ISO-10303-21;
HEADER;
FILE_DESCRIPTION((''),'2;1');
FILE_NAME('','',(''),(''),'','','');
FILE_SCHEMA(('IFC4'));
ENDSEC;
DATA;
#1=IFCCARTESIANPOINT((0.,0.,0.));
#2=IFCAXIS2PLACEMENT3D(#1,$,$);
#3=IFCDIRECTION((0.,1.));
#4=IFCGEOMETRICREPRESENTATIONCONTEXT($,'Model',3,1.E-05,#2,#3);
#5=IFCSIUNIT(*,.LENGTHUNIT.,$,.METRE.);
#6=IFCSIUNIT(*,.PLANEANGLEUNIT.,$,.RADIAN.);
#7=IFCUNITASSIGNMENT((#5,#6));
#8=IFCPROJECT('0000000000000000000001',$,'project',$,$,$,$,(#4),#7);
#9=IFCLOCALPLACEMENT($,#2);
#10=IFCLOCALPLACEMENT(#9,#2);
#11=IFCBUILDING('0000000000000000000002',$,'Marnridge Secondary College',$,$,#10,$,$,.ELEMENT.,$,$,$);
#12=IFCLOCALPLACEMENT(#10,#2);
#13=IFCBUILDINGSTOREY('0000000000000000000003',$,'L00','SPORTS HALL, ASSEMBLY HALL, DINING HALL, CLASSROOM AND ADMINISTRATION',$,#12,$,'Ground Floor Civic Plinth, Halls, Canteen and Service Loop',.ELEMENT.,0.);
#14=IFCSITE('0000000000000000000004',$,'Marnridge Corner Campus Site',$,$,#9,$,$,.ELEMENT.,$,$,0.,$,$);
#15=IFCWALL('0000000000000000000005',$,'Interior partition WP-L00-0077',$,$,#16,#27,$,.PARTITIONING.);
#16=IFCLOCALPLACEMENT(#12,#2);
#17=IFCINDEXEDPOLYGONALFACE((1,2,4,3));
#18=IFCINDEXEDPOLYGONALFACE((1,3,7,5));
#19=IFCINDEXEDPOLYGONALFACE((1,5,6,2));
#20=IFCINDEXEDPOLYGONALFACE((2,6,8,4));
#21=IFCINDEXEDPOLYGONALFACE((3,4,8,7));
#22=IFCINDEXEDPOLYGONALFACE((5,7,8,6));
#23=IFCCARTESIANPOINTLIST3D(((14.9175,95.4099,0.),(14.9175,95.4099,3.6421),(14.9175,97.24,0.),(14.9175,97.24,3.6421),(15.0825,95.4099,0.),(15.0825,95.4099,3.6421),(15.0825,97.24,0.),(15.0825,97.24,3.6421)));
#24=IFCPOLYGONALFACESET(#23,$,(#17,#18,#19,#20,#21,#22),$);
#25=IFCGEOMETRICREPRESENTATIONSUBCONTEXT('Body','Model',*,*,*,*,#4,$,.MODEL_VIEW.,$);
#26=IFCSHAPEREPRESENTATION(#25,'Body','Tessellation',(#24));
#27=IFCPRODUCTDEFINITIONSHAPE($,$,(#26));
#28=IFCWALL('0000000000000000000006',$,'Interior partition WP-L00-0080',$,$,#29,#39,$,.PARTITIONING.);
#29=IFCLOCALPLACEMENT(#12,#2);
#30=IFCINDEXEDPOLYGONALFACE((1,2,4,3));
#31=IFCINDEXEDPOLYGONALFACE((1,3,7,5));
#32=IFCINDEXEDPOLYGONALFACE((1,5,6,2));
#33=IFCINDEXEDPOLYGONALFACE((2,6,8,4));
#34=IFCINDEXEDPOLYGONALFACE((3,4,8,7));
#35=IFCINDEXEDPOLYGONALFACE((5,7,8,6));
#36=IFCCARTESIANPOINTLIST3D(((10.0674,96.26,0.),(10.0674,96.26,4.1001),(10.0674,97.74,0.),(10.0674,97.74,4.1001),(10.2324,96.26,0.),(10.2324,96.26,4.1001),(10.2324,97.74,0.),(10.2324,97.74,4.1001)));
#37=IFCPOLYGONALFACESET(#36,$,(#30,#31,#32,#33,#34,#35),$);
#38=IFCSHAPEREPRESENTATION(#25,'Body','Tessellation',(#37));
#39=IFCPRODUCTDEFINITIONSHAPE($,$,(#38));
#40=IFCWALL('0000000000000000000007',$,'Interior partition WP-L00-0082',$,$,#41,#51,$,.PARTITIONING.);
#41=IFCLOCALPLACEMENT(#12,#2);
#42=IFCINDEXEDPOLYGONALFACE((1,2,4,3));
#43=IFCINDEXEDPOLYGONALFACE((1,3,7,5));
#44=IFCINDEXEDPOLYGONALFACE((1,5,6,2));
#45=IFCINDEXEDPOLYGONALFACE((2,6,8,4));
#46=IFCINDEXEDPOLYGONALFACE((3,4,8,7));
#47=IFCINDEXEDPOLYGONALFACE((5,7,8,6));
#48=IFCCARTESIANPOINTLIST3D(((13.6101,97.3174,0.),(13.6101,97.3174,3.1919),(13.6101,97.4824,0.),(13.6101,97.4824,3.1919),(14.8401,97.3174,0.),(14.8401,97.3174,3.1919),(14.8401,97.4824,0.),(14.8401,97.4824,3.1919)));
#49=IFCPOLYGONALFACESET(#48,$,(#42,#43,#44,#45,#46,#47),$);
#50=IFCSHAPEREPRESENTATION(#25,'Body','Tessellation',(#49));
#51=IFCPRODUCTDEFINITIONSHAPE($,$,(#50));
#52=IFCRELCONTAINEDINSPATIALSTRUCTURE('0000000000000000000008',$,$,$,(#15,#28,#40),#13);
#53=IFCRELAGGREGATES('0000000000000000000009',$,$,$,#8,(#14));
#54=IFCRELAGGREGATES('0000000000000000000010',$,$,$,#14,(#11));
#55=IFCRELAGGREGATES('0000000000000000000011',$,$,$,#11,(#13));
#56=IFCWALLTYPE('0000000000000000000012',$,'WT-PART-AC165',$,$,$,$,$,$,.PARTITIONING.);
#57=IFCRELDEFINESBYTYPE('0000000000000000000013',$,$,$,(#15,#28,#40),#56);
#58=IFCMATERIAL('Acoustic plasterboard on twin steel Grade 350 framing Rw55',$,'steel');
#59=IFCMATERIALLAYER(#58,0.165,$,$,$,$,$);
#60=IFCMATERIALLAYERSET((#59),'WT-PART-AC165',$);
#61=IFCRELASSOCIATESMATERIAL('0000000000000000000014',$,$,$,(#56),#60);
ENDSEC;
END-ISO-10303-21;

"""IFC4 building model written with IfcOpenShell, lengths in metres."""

from ifc_helpers import new_model, si_unit, direction, frame, frame_2d, origin, place, context, subcontext, project, spatial, rectangle, extrude, material, layer, layer_set, type_object, element, save


model = new_model("IFC4")

# Units and contexts
model_context = context("Model", 3, precision=1e-05, world=origin(), true_north=direction((0.0, 1.0)))
body_context = subcontext(model_context, "Body", "Model", "MODEL_VIEW")
ifc_project = project(units=[si_unit("LENGTHUNIT", "METRE"), si_unit("PLANEANGLEUNIT", "RADIAN")], contexts=[model_context])

# Site, building, storey
site_placement = place(None, origin())
site = spatial("IfcSite", under=ifc_project, at=site_placement, Name="Marnridge Corner Campus Site", CompositionType="ELEMENT", RefElevation=0.0)
building_placement = place(site_placement, origin())
building = spatial("IfcBuilding", under=site, at=building_placement, Name="Marnridge Secondary College", CompositionType="ELEMENT")
storey_placement = place(building_placement, origin())
storey = spatial("IfcBuildingStorey", under=building, at=storey_placement, Name="L00", Description="SPORTS HALL, ASSEMBLY HALL, DINING HALL, CLASSROOM AND ADMINISTRATION", LongName="Ground Floor Civic Plinth, Halls, Canteen and Service Loop", CompositionType="ELEMENT", Elevation=0.0)

# Walls
ifc_material_1 = material(Name="Acoustic plasterboard on twin steel Grade 350 framing Rw55", Category="steel")
ifc_layer_1 = layer(ifc_material_1, 0.165)
ifc_layer_set_1 = layer_set([ifc_layer_1], Name="WT-PART-AC165")
wall_type_1 = type_object("IfcWallType", Name="WT-PART-AC165", PredefinedType="PARTITIONING", material=ifc_layer_set_1)
wall_1_placement = place(storey_placement, frame((15.0, 97.24, 0.0), z_axis=(0.0, 0.0, 1.0), x_axis=(0.0, -1.0, 0.0)))
element("IfcWall", 1, at=wall_1_placement, inside=storey, type_object=wall_type_1, Name="Interior partition WP-L00-0077", PredefinedType="PARTITIONING", context=body_context, shape_type="SweptSolid", body=[
    extrude(rectangle(XDim=1.8301, YDim=0.165, at=frame_2d((0.915, 0.0))), origin(), (0.0, 0.0, 1.0), 3.6421),
])
wall_2_placement = place(storey_placement, frame((10.1499, 96.26, 0.0), z_axis=(0.0, 0.0, 1.0), x_axis=(0.0, 1.0, 0.0)))
element("IfcWall", 2, at=wall_2_placement, inside=storey, type_object=wall_type_1, Name="Interior partition WP-L00-0080", PredefinedType="PARTITIONING", context=body_context, shape_type="SweptSolid", body=[
    extrude(rectangle(XDim=1.48, YDim=0.165, at=frame_2d((0.74, 0.0))), origin(), (0.0, 0.0, 1.0), 4.1001),
])

# Wall
wall_3_placement = place(storey_placement, frame((13.6101, 97.3999, 0.0), z_axis=(0.0, 0.0, 1.0), x_axis=(1.0, 0.0, 0.0)))
element("IfcWall", 3, at=wall_3_placement, inside=storey, type_object=wall_type_1, Name="Interior partition WP-L00-0082", PredefinedType="PARTITIONING", context=body_context, shape_type="SweptSolid", body=[
    extrude(rectangle(XDim=1.23, YDim=0.165, at=frame_2d((0.615, 0.0))), origin(), (0.0, 0.0, 1.0), 3.1919),
])

save(model, "model.ifc")
